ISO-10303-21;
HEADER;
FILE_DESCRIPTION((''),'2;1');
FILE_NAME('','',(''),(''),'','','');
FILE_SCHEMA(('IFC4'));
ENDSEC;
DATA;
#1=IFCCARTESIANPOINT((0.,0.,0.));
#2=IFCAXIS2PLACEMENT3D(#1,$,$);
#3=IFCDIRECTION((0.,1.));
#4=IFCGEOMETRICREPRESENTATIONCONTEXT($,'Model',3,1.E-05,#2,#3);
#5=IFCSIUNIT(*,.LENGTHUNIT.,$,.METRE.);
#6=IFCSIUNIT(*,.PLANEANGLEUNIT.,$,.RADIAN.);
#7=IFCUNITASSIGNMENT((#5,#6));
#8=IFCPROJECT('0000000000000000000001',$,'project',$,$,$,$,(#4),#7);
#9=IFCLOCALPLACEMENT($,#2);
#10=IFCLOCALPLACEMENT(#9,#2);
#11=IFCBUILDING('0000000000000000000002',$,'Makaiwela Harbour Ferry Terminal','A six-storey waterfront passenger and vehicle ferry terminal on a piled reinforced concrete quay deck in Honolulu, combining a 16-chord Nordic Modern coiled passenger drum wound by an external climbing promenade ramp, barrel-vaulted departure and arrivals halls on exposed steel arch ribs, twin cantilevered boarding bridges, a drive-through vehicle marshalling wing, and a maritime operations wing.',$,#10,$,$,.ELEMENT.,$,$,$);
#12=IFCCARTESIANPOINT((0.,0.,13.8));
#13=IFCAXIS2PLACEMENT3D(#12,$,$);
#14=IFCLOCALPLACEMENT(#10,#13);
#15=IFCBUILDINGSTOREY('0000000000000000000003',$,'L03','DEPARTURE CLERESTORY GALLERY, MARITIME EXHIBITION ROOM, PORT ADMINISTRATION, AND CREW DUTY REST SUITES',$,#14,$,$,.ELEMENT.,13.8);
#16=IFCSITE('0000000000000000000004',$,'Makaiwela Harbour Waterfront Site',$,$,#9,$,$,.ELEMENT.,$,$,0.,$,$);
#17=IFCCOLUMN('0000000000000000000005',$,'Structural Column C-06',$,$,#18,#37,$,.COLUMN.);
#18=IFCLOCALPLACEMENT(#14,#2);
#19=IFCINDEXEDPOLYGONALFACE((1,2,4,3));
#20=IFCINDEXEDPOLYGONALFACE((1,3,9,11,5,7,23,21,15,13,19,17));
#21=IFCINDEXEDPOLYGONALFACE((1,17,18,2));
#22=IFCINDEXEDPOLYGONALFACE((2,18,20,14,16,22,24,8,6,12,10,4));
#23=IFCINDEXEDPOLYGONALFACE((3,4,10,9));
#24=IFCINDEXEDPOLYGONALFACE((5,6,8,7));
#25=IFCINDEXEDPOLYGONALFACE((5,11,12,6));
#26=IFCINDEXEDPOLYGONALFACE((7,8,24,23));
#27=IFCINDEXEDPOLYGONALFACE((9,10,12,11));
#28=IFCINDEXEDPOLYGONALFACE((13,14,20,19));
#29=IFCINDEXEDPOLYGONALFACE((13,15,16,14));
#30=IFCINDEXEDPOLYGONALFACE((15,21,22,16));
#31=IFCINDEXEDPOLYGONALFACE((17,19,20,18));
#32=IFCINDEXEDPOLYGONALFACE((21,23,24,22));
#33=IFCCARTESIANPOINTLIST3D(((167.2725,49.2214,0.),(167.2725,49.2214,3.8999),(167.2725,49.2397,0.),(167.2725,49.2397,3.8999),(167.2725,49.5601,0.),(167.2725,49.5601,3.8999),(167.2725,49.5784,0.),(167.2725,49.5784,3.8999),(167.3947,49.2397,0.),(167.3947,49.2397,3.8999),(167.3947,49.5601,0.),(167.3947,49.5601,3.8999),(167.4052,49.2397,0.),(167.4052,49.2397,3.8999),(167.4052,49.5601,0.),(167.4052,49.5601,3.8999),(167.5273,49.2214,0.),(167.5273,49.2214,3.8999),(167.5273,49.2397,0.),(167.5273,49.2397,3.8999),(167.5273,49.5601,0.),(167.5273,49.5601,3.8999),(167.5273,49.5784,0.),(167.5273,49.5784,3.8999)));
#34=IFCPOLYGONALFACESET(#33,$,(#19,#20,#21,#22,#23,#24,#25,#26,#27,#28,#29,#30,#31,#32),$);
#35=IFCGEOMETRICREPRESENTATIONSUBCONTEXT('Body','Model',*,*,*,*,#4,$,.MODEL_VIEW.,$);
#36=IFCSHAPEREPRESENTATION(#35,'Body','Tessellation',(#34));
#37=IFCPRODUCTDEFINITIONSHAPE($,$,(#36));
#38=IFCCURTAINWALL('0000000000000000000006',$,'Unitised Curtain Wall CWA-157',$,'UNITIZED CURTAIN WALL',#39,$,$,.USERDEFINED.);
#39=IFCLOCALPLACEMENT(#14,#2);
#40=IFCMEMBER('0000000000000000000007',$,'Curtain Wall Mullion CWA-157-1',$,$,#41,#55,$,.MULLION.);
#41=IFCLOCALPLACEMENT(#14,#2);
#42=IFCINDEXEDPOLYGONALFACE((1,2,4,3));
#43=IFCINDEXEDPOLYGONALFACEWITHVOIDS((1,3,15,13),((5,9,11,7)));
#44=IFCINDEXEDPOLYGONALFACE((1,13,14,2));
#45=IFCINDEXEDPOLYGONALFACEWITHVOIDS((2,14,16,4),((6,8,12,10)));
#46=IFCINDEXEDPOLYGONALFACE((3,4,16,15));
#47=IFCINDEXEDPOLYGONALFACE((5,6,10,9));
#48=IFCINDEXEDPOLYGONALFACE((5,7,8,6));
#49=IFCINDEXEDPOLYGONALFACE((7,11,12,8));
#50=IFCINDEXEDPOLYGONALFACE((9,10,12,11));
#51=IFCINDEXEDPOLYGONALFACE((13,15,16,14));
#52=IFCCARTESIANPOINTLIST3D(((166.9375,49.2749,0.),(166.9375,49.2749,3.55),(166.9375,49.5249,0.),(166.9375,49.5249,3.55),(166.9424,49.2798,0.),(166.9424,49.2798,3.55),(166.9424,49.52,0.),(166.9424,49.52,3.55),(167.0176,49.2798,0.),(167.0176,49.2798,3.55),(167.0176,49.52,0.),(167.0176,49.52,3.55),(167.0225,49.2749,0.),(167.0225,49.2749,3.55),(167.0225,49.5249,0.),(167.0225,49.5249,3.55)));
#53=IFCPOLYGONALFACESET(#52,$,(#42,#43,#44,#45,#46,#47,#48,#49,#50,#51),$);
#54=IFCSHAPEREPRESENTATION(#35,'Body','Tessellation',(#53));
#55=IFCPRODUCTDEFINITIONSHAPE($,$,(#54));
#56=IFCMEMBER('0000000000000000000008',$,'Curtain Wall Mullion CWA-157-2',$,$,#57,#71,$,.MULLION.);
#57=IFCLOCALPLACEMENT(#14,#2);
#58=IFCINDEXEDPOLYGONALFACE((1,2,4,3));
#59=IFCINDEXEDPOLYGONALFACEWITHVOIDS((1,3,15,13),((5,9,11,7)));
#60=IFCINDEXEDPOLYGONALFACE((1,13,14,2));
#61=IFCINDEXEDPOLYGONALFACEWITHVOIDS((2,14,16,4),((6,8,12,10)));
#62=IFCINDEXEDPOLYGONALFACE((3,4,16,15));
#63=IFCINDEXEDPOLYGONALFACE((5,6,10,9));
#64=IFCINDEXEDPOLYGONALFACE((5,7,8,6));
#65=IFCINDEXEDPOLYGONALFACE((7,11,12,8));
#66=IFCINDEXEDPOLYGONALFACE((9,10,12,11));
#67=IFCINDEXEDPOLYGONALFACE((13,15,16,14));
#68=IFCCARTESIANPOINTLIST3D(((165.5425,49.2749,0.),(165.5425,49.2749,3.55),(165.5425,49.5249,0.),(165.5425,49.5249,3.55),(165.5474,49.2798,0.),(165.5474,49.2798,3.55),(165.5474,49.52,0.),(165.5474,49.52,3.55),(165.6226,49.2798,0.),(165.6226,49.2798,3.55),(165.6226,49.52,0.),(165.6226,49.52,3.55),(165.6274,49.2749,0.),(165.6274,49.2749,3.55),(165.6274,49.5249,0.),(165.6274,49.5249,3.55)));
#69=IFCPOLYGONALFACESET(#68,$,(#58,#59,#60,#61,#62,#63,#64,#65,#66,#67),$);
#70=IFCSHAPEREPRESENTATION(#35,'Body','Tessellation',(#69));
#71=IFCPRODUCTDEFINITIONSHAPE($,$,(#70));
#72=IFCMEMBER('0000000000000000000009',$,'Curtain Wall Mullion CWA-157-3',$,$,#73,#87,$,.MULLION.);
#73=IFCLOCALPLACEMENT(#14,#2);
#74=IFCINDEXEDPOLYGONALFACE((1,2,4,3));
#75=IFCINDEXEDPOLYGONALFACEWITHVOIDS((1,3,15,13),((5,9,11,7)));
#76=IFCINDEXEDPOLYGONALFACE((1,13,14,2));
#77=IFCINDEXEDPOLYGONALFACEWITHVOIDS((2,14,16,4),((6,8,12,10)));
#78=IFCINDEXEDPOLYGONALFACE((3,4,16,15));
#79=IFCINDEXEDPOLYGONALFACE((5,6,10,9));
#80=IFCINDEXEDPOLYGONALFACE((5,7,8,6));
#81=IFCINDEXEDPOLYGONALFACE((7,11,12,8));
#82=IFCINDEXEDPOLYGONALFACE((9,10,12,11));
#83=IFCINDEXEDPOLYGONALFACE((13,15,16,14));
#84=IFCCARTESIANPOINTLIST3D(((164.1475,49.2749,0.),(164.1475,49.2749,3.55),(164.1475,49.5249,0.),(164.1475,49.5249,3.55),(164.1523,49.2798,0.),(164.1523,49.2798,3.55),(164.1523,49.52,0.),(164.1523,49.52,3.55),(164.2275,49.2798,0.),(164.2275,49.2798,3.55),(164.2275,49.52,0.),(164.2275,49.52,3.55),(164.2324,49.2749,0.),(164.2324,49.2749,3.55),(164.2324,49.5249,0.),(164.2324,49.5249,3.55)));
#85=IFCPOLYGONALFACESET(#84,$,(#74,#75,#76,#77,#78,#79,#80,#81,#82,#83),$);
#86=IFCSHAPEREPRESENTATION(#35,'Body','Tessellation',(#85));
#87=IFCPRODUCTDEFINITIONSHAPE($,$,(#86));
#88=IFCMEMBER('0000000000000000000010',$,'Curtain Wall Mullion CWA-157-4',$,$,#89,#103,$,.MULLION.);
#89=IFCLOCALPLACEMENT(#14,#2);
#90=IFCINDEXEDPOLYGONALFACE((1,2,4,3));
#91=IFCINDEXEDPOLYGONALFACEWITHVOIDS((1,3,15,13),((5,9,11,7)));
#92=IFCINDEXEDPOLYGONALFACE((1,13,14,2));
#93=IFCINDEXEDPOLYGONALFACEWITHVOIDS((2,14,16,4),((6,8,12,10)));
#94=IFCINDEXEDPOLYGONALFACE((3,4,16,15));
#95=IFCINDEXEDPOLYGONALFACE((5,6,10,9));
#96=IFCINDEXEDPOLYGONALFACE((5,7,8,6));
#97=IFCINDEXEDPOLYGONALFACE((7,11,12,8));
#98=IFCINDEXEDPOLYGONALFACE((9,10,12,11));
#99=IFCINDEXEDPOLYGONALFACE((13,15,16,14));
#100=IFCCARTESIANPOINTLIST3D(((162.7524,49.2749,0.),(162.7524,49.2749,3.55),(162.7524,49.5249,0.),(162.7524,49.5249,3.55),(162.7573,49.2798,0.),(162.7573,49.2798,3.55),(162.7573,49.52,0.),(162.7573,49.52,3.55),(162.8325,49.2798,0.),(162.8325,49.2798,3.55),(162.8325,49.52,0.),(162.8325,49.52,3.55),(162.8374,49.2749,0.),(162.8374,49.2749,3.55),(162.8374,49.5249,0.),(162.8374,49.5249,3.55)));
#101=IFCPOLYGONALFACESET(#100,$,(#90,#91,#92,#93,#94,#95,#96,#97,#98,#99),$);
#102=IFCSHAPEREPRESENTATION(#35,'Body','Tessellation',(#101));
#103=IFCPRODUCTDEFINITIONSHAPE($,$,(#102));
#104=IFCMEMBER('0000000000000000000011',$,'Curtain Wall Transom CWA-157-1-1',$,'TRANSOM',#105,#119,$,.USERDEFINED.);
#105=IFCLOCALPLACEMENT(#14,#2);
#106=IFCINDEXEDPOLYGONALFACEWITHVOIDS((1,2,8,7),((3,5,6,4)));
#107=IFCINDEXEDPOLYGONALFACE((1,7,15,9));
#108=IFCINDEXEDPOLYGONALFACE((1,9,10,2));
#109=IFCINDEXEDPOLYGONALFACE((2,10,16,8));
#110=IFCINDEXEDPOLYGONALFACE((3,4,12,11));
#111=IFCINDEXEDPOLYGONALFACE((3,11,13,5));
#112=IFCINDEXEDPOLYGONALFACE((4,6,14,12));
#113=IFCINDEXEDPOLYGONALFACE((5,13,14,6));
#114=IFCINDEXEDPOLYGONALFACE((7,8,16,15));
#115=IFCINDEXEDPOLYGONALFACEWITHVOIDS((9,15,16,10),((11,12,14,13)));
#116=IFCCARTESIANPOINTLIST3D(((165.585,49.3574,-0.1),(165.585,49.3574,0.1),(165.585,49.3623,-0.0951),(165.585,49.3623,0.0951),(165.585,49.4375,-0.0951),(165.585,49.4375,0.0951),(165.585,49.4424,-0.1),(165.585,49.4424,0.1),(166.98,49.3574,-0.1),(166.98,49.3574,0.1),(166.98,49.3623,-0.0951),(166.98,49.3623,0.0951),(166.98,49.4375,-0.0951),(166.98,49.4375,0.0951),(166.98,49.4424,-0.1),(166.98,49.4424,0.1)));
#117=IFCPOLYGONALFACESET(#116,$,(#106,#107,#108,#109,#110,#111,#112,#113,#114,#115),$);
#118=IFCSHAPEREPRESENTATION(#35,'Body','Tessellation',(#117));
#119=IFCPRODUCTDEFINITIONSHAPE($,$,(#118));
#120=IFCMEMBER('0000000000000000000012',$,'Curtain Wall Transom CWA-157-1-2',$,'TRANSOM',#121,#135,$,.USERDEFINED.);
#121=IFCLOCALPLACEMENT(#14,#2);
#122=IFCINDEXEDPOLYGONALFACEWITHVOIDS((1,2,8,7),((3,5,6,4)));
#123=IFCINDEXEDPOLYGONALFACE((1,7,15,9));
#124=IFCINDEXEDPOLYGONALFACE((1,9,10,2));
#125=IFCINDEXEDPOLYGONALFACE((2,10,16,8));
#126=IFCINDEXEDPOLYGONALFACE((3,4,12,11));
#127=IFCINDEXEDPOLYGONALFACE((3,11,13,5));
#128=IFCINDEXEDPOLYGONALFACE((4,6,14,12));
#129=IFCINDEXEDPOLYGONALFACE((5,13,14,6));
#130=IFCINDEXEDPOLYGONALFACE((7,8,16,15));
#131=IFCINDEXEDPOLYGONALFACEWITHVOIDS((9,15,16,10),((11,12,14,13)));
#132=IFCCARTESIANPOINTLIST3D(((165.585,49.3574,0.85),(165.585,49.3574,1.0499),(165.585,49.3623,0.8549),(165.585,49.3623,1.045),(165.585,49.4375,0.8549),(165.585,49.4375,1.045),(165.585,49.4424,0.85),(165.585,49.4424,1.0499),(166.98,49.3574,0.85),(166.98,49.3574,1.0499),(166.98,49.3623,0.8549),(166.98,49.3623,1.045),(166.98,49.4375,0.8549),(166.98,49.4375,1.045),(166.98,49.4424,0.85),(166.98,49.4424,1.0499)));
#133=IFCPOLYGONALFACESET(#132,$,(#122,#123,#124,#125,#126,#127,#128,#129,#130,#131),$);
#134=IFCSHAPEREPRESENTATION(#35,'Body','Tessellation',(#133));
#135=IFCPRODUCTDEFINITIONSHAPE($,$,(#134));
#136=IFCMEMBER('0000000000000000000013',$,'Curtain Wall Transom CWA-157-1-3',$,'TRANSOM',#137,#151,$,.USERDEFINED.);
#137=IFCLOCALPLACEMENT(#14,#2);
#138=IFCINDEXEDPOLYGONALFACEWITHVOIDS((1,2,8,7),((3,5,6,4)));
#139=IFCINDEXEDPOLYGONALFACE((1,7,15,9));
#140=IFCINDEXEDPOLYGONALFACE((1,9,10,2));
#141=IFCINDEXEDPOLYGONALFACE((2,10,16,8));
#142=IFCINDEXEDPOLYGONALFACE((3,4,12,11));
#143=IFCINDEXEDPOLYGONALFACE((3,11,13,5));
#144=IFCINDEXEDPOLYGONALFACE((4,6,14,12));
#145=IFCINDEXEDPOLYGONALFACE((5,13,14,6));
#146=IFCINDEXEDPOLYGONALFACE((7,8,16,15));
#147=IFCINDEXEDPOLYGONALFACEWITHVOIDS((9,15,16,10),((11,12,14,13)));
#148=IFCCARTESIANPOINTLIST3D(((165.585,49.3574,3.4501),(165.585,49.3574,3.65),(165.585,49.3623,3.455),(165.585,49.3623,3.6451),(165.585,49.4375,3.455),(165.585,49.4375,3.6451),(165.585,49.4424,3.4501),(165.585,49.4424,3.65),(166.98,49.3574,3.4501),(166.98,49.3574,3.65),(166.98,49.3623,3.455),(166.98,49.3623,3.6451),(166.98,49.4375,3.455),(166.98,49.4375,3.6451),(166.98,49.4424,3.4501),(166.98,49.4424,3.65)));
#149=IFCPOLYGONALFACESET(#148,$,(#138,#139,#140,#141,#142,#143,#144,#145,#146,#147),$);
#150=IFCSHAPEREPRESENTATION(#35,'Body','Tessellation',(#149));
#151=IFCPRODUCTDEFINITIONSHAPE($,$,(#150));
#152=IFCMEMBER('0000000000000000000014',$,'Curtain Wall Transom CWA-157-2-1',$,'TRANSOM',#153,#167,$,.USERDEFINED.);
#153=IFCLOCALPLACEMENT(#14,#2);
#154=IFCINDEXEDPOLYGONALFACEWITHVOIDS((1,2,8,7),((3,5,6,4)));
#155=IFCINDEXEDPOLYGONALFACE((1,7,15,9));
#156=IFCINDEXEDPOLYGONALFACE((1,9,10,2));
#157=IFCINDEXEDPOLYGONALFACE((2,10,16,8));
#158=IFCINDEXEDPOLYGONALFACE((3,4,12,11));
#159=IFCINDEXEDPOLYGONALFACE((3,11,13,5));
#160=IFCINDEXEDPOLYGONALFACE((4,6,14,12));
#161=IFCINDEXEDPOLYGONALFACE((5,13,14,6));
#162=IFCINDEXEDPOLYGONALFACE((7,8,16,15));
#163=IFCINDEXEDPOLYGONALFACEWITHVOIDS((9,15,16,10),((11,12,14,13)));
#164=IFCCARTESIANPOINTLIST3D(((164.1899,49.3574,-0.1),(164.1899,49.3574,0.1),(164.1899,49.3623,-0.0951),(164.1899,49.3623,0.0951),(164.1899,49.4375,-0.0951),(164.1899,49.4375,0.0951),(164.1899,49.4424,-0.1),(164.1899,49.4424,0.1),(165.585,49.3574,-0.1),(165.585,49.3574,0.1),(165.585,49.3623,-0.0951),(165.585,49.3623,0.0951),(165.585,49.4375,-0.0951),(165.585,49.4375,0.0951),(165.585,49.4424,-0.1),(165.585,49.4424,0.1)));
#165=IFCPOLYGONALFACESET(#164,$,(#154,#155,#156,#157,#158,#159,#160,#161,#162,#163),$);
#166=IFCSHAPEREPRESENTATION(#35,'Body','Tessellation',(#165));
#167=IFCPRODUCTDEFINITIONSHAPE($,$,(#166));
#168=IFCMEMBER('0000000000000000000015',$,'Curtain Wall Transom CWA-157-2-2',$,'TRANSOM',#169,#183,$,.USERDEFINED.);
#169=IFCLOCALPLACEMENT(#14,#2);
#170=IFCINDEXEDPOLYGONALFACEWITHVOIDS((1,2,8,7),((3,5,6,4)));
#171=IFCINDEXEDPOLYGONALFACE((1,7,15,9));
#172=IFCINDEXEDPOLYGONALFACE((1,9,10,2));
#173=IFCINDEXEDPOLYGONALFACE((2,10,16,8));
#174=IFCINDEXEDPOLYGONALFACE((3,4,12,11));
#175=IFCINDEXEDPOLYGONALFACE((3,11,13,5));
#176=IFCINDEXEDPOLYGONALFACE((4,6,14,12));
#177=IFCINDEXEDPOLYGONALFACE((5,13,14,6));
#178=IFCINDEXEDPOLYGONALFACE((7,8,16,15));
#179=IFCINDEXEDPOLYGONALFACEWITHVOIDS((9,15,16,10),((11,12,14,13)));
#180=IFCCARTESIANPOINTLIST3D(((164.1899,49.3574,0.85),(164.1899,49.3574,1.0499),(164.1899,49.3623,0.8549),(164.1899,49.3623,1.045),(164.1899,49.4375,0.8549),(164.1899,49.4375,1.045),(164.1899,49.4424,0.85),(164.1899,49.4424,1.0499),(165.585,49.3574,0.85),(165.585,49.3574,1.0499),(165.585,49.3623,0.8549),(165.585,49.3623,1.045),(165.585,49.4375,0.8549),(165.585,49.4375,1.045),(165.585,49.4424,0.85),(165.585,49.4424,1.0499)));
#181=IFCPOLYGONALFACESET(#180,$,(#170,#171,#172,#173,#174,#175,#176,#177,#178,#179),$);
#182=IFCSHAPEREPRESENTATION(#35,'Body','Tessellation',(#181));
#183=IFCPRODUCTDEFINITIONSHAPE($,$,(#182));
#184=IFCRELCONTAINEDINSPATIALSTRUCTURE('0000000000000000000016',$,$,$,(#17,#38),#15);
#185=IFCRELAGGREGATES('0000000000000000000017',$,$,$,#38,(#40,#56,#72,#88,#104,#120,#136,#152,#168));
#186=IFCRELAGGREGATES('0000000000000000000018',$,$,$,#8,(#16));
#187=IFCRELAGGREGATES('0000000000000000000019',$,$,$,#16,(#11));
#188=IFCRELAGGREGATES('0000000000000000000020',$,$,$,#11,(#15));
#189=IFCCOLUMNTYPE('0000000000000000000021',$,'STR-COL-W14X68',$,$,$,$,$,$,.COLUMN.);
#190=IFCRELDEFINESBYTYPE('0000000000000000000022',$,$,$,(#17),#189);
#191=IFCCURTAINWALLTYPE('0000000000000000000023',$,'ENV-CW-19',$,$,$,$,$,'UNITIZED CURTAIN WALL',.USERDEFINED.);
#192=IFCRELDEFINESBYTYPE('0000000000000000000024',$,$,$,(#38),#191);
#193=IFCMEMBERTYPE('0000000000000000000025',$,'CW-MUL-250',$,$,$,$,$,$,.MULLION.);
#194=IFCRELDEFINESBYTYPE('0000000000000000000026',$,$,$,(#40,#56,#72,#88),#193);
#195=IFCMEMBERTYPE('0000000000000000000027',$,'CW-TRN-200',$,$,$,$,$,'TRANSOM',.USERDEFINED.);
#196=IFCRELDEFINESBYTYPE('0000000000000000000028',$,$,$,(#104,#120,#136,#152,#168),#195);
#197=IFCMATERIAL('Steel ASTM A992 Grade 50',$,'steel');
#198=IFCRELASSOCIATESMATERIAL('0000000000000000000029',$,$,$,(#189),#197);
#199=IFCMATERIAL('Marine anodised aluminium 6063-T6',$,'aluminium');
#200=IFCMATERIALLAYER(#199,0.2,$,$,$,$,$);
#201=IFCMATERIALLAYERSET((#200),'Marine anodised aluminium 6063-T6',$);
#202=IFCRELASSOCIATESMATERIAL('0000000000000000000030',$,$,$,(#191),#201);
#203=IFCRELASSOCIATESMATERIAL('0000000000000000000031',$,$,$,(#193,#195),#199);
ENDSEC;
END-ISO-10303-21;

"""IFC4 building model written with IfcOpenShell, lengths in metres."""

from ifc_helpers import new_model, si_unit, direction, frame, origin, origin_2d, place, context, subcontext, project, spatial, hollow_rectangle, i_section, extrude, material, layer, layer_set, material_profile, profile_set, type_object, element, aggregate, save


model = new_model("IFC4")

# Units and contexts
model_context = context("Model", 3, precision=1e-05, world=origin(), true_north=direction((0.0, 1.0)))
body_context = subcontext(model_context, "Body", "Model", "MODEL_VIEW")
ifc_project = project(units=[si_unit("LENGTHUNIT", "METRE"), si_unit("PLANEANGLEUNIT", "RADIAN")], contexts=[model_context])

# Site, building, storey
site_placement = place(None, origin())
site = spatial("IfcSite", under=ifc_project, at=site_placement, Name="Makaiwela Harbour Waterfront Site", CompositionType="ELEMENT", RefElevation=0.0)
building_placement = place(site_placement, origin())
building = spatial("IfcBuilding", under=site, at=building_placement, Name="Makaiwela Harbour Ferry Terminal", Description="A six-storey waterfront passenger and vehicle ferry terminal on a piled reinforced concrete quay deck in Honolulu, combining a 16-chord Nordic Modern coiled passenger drum wound by an external climbing promenade ramp, barrel-vaulted departure and arrivals halls on exposed steel arch ribs, twin cantilevered boarding bridges, a drive-through vehicle marshalling wing, and a maritime operations wing.", CompositionType="ELEMENT")
storey_placement = place(building_placement, frame((0.0, 0.0, 13.8)))
storey = spatial("IfcBuildingStorey", under=building, at=storey_placement, Name="L03", Description="DEPARTURE CLERESTORY GALLERY, MARITIME EXHIBITION ROOM, PORT ADMINISTRATION, AND CREW DUTY REST SUITES", CompositionType="ELEMENT", Elevation=13.8)

# Column
ifc_material_1 = material(Name="Steel ASTM A992 Grade 50", Category="steel")
ifc_material_profile_1 = material_profile(ifc_material_1, i_section(OverallWidth=0.2549, OverallDepth=0.3569, WebThickness=0.0105, FlangeThickness=0.0183, at=origin_2d()), Name="W14X68")
ifc_profile_set_1 = profile_set([ifc_material_profile_1], Name="Steel ASTM A992 Grade 50")
column_type = type_object("IfcColumnType", Name="STR-COL-W14X68", PredefinedType="COLUMN", material=ifc_profile_set_1)
column_placement = place(storey_placement, frame((167.3999, 49.3999, 0.0), z_axis=(0.0, 0.0, 1.0), x_axis=(1.0, 0.0, 0.0)))
element("IfcColumn", 1, at=column_placement, inside=storey, type_object=column_type, Name="Structural Column C-06", PredefinedType="COLUMN", context=body_context, shape_type="SweptSolid", body=[
    extrude(i_section(OverallWidth=0.2549, OverallDepth=0.3569, WebThickness=0.0105, FlangeThickness=0.0183, at=origin_2d()), origin(), (0.0, 0.0, 1.0), 3.8999),
])

# Curtain wall, members
ifc_material_2 = material(Name="Marine anodised aluminium 6063-T6", Category="aluminium")
ifc_layer_1 = layer(ifc_material_2, 0.2)
ifc_layer_set_1 = layer_set([ifc_layer_1], Name="Marine anodised aluminium 6063-T6")
curtain_wall_type = type_object("IfcCurtainWallType", Name="ENV-CW-19", ElementType="UNITIZED CURTAIN WALL", PredefinedType="USERDEFINED", material=ifc_layer_set_1)
curtain_wall_placement = place(storey_placement, origin())
curtain_wall = element("IfcCurtainWall", 2, at=curtain_wall_placement, inside=storey, type_object=curtain_wall_type, Name="Unitised Curtain Wall CWA-157", ObjectType="UNITIZED CURTAIN WALL", PredefinedType="USERDEFINED")
ifc_material_profile_2 = material_profile(ifc_material_2, hollow_rectangle(XDim=0.085, YDim=0.25, WallThickness=0.0049, at=origin_2d()), Name="CWM-250X85")
ifc_profile_set_2 = profile_set([ifc_material_profile_2], Name="Marine anodised aluminium 6063-T6")
member_type_1 = type_object("IfcMemberType", Name="CW-MUL-250", PredefinedType="MULLION", material=ifc_profile_set_2)
member_1_placement = place(storey_placement, frame((166.98, 49.3999, 0.0), z_axis=(0.0, 0.0, 1.0), x_axis=(1.0, 0.0, 0.0)))
member_1 = element("IfcMember", 3, at=member_1_placement, type_object=member_type_1, Name="Curtain Wall Mullion CWA-157-1", PredefinedType="MULLION", context=body_context, shape_type="SweptSolid", body=[
    extrude(hollow_rectangle(XDim=0.085, YDim=0.25, WallThickness=0.0049, at=origin_2d()), origin(), (0.0, 0.0, 1.0), 3.55),
])
member_2_placement = place(storey_placement, frame((165.585, 49.3999, 0.0), z_axis=(0.0, 0.0, 1.0), x_axis=(1.0, 0.0, 0.0)))
member_2 = element("IfcMember", 4, at=member_2_placement, type_object=member_type_1, Name="Curtain Wall Mullion CWA-157-2", PredefinedType="MULLION", context=body_context, shape_type="SweptSolid", body=[
    extrude(hollow_rectangle(XDim=0.085, YDim=0.25, WallThickness=0.0049, at=origin_2d()), origin(), (0.0, 0.0, 1.0), 3.55),
])
member_3_placement = place(storey_placement, frame((164.1899, 49.3999, 0.0), z_axis=(0.0, 0.0, 1.0), x_axis=(1.0, 0.0, 0.0)))
member_3 = element("IfcMember", 5, at=member_3_placement, type_object=member_type_1, Name="Curtain Wall Mullion CWA-157-3", PredefinedType="MULLION", context=body_context, shape_type="SweptSolid", body=[
    extrude(hollow_rectangle(XDim=0.085, YDim=0.25, WallThickness=0.0049, at=origin_2d()), origin(), (0.0, 0.0, 1.0), 3.55),
])
member_4_placement = place(storey_placement, frame((162.7949, 49.3999, 0.0), z_axis=(0.0, 0.0, 1.0), x_axis=(1.0, 0.0, 0.0)))
member_4 = element("IfcMember", 6, at=member_4_placement, type_object=member_type_1, Name="Curtain Wall Mullion CWA-157-4", PredefinedType="MULLION", context=body_context, shape_type="SweptSolid", body=[
    extrude(hollow_rectangle(XDim=0.085, YDim=0.25, WallThickness=0.0049, at=origin_2d()), origin(), (0.0, 0.0, 1.0), 3.55),
])
ifc_material_profile_3 = material_profile(ifc_material_2, hollow_rectangle(XDim=0.085, YDim=0.2, WallThickness=0.0049, at=origin_2d()), Name="CWT-200X85")
ifc_profile_set_3 = profile_set([ifc_material_profile_3], Name="Marine anodised aluminium 6063-T6")
member_type_2 = type_object("IfcMemberType", Name="CW-TRN-200", ElementType="TRANSOM", PredefinedType="USERDEFINED", material=ifc_profile_set_3)
member_5_placement = place(storey_placement, frame((166.98, 49.3999, 0.0), z_axis=(-1.0, 0.0, 0.0), x_axis=(0.0, -1.0, 0.0)))
member_5 = element("IfcMember", 7, at=member_5_placement, type_object=member_type_2, Name="Curtain Wall Transom CWA-157-1-1", ObjectType="TRANSOM", PredefinedType="USERDEFINED", context=body_context, shape_type="SweptSolid", body=[
    extrude(hollow_rectangle(XDim=0.085, YDim=0.2, WallThickness=0.0049, at=origin_2d()), origin(), (0.0, 0.0, 1.0), 1.395),
])
member_6_placement = place(storey_placement, frame((166.98, 49.3999, 0.95), z_axis=(-1.0, 0.0, 0.0), x_axis=(0.0, -1.0, 0.0)))
member_6 = element("IfcMember", 8, at=member_6_placement, type_object=member_type_2, Name="Curtain Wall Transom CWA-157-1-2", ObjectType="TRANSOM", PredefinedType="USERDEFINED", context=body_context, shape_type="SweptSolid", body=[
    extrude(hollow_rectangle(XDim=0.085, YDim=0.2, WallThickness=0.0049, at=origin_2d()), origin(), (0.0, 0.0, 1.0), 1.395),
])
member_7_placement = place(storey_placement, frame((166.98, 49.3999, 3.55), z_axis=(-1.0, 0.0, 0.0), x_axis=(0.0, -1.0, 0.0)))
member_7 = element("IfcMember", 9, at=member_7_placement, type_object=member_type_2, Name="Curtain Wall Transom CWA-157-1-3", ObjectType="TRANSOM", PredefinedType="USERDEFINED", context=body_context, shape_type="SweptSolid", body=[
    extrude(hollow_rectangle(XDim=0.085, YDim=0.2, WallThickness=0.0049, at=origin_2d()), origin(), (0.0, 0.0, 1.0), 1.395),
])
member_8_placement = place(storey_placement, frame((165.585, 49.3999, 0.0), z_axis=(-1.0, 0.0, 0.0), x_axis=(0.0, -1.0, 0.0)))
member_8 = element("IfcMember", 10, at=member_8_placement, type_object=member_type_2, Name="Curtain Wall Transom CWA-157-2-1", ObjectType="TRANSOM", PredefinedType="USERDEFINED", context=body_context, shape_type="SweptSolid", body=[
    extrude(hollow_rectangle(XDim=0.085, YDim=0.2, WallThickness=0.0049, at=origin_2d()), origin(), (0.0, 0.0, 1.0), 1.395),
])
member_9_placement = place(storey_placement, frame((165.585, 49.3999, 0.95), z_axis=(-1.0, 0.0, 0.0), x_axis=(0.0, -1.0, 0.0)))
member_9 = element("IfcMember", 11, at=member_9_placement, type_object=member_type_2, Name="Curtain Wall Transom CWA-157-2-2", ObjectType="TRANSOM", PredefinedType="USERDEFINED", context=body_context, shape_type="SweptSolid", body=[
    extrude(hollow_rectangle(XDim=0.085, YDim=0.2, WallThickness=0.0049, at=origin_2d()), origin(), (0.0, 0.0, 1.0), 1.395),
])
aggregate(curtain_wall, [member_1, member_2, member_3, member_4, member_5, member_6, member_7, member_8, member_9])

save(model, "model.ifc")
